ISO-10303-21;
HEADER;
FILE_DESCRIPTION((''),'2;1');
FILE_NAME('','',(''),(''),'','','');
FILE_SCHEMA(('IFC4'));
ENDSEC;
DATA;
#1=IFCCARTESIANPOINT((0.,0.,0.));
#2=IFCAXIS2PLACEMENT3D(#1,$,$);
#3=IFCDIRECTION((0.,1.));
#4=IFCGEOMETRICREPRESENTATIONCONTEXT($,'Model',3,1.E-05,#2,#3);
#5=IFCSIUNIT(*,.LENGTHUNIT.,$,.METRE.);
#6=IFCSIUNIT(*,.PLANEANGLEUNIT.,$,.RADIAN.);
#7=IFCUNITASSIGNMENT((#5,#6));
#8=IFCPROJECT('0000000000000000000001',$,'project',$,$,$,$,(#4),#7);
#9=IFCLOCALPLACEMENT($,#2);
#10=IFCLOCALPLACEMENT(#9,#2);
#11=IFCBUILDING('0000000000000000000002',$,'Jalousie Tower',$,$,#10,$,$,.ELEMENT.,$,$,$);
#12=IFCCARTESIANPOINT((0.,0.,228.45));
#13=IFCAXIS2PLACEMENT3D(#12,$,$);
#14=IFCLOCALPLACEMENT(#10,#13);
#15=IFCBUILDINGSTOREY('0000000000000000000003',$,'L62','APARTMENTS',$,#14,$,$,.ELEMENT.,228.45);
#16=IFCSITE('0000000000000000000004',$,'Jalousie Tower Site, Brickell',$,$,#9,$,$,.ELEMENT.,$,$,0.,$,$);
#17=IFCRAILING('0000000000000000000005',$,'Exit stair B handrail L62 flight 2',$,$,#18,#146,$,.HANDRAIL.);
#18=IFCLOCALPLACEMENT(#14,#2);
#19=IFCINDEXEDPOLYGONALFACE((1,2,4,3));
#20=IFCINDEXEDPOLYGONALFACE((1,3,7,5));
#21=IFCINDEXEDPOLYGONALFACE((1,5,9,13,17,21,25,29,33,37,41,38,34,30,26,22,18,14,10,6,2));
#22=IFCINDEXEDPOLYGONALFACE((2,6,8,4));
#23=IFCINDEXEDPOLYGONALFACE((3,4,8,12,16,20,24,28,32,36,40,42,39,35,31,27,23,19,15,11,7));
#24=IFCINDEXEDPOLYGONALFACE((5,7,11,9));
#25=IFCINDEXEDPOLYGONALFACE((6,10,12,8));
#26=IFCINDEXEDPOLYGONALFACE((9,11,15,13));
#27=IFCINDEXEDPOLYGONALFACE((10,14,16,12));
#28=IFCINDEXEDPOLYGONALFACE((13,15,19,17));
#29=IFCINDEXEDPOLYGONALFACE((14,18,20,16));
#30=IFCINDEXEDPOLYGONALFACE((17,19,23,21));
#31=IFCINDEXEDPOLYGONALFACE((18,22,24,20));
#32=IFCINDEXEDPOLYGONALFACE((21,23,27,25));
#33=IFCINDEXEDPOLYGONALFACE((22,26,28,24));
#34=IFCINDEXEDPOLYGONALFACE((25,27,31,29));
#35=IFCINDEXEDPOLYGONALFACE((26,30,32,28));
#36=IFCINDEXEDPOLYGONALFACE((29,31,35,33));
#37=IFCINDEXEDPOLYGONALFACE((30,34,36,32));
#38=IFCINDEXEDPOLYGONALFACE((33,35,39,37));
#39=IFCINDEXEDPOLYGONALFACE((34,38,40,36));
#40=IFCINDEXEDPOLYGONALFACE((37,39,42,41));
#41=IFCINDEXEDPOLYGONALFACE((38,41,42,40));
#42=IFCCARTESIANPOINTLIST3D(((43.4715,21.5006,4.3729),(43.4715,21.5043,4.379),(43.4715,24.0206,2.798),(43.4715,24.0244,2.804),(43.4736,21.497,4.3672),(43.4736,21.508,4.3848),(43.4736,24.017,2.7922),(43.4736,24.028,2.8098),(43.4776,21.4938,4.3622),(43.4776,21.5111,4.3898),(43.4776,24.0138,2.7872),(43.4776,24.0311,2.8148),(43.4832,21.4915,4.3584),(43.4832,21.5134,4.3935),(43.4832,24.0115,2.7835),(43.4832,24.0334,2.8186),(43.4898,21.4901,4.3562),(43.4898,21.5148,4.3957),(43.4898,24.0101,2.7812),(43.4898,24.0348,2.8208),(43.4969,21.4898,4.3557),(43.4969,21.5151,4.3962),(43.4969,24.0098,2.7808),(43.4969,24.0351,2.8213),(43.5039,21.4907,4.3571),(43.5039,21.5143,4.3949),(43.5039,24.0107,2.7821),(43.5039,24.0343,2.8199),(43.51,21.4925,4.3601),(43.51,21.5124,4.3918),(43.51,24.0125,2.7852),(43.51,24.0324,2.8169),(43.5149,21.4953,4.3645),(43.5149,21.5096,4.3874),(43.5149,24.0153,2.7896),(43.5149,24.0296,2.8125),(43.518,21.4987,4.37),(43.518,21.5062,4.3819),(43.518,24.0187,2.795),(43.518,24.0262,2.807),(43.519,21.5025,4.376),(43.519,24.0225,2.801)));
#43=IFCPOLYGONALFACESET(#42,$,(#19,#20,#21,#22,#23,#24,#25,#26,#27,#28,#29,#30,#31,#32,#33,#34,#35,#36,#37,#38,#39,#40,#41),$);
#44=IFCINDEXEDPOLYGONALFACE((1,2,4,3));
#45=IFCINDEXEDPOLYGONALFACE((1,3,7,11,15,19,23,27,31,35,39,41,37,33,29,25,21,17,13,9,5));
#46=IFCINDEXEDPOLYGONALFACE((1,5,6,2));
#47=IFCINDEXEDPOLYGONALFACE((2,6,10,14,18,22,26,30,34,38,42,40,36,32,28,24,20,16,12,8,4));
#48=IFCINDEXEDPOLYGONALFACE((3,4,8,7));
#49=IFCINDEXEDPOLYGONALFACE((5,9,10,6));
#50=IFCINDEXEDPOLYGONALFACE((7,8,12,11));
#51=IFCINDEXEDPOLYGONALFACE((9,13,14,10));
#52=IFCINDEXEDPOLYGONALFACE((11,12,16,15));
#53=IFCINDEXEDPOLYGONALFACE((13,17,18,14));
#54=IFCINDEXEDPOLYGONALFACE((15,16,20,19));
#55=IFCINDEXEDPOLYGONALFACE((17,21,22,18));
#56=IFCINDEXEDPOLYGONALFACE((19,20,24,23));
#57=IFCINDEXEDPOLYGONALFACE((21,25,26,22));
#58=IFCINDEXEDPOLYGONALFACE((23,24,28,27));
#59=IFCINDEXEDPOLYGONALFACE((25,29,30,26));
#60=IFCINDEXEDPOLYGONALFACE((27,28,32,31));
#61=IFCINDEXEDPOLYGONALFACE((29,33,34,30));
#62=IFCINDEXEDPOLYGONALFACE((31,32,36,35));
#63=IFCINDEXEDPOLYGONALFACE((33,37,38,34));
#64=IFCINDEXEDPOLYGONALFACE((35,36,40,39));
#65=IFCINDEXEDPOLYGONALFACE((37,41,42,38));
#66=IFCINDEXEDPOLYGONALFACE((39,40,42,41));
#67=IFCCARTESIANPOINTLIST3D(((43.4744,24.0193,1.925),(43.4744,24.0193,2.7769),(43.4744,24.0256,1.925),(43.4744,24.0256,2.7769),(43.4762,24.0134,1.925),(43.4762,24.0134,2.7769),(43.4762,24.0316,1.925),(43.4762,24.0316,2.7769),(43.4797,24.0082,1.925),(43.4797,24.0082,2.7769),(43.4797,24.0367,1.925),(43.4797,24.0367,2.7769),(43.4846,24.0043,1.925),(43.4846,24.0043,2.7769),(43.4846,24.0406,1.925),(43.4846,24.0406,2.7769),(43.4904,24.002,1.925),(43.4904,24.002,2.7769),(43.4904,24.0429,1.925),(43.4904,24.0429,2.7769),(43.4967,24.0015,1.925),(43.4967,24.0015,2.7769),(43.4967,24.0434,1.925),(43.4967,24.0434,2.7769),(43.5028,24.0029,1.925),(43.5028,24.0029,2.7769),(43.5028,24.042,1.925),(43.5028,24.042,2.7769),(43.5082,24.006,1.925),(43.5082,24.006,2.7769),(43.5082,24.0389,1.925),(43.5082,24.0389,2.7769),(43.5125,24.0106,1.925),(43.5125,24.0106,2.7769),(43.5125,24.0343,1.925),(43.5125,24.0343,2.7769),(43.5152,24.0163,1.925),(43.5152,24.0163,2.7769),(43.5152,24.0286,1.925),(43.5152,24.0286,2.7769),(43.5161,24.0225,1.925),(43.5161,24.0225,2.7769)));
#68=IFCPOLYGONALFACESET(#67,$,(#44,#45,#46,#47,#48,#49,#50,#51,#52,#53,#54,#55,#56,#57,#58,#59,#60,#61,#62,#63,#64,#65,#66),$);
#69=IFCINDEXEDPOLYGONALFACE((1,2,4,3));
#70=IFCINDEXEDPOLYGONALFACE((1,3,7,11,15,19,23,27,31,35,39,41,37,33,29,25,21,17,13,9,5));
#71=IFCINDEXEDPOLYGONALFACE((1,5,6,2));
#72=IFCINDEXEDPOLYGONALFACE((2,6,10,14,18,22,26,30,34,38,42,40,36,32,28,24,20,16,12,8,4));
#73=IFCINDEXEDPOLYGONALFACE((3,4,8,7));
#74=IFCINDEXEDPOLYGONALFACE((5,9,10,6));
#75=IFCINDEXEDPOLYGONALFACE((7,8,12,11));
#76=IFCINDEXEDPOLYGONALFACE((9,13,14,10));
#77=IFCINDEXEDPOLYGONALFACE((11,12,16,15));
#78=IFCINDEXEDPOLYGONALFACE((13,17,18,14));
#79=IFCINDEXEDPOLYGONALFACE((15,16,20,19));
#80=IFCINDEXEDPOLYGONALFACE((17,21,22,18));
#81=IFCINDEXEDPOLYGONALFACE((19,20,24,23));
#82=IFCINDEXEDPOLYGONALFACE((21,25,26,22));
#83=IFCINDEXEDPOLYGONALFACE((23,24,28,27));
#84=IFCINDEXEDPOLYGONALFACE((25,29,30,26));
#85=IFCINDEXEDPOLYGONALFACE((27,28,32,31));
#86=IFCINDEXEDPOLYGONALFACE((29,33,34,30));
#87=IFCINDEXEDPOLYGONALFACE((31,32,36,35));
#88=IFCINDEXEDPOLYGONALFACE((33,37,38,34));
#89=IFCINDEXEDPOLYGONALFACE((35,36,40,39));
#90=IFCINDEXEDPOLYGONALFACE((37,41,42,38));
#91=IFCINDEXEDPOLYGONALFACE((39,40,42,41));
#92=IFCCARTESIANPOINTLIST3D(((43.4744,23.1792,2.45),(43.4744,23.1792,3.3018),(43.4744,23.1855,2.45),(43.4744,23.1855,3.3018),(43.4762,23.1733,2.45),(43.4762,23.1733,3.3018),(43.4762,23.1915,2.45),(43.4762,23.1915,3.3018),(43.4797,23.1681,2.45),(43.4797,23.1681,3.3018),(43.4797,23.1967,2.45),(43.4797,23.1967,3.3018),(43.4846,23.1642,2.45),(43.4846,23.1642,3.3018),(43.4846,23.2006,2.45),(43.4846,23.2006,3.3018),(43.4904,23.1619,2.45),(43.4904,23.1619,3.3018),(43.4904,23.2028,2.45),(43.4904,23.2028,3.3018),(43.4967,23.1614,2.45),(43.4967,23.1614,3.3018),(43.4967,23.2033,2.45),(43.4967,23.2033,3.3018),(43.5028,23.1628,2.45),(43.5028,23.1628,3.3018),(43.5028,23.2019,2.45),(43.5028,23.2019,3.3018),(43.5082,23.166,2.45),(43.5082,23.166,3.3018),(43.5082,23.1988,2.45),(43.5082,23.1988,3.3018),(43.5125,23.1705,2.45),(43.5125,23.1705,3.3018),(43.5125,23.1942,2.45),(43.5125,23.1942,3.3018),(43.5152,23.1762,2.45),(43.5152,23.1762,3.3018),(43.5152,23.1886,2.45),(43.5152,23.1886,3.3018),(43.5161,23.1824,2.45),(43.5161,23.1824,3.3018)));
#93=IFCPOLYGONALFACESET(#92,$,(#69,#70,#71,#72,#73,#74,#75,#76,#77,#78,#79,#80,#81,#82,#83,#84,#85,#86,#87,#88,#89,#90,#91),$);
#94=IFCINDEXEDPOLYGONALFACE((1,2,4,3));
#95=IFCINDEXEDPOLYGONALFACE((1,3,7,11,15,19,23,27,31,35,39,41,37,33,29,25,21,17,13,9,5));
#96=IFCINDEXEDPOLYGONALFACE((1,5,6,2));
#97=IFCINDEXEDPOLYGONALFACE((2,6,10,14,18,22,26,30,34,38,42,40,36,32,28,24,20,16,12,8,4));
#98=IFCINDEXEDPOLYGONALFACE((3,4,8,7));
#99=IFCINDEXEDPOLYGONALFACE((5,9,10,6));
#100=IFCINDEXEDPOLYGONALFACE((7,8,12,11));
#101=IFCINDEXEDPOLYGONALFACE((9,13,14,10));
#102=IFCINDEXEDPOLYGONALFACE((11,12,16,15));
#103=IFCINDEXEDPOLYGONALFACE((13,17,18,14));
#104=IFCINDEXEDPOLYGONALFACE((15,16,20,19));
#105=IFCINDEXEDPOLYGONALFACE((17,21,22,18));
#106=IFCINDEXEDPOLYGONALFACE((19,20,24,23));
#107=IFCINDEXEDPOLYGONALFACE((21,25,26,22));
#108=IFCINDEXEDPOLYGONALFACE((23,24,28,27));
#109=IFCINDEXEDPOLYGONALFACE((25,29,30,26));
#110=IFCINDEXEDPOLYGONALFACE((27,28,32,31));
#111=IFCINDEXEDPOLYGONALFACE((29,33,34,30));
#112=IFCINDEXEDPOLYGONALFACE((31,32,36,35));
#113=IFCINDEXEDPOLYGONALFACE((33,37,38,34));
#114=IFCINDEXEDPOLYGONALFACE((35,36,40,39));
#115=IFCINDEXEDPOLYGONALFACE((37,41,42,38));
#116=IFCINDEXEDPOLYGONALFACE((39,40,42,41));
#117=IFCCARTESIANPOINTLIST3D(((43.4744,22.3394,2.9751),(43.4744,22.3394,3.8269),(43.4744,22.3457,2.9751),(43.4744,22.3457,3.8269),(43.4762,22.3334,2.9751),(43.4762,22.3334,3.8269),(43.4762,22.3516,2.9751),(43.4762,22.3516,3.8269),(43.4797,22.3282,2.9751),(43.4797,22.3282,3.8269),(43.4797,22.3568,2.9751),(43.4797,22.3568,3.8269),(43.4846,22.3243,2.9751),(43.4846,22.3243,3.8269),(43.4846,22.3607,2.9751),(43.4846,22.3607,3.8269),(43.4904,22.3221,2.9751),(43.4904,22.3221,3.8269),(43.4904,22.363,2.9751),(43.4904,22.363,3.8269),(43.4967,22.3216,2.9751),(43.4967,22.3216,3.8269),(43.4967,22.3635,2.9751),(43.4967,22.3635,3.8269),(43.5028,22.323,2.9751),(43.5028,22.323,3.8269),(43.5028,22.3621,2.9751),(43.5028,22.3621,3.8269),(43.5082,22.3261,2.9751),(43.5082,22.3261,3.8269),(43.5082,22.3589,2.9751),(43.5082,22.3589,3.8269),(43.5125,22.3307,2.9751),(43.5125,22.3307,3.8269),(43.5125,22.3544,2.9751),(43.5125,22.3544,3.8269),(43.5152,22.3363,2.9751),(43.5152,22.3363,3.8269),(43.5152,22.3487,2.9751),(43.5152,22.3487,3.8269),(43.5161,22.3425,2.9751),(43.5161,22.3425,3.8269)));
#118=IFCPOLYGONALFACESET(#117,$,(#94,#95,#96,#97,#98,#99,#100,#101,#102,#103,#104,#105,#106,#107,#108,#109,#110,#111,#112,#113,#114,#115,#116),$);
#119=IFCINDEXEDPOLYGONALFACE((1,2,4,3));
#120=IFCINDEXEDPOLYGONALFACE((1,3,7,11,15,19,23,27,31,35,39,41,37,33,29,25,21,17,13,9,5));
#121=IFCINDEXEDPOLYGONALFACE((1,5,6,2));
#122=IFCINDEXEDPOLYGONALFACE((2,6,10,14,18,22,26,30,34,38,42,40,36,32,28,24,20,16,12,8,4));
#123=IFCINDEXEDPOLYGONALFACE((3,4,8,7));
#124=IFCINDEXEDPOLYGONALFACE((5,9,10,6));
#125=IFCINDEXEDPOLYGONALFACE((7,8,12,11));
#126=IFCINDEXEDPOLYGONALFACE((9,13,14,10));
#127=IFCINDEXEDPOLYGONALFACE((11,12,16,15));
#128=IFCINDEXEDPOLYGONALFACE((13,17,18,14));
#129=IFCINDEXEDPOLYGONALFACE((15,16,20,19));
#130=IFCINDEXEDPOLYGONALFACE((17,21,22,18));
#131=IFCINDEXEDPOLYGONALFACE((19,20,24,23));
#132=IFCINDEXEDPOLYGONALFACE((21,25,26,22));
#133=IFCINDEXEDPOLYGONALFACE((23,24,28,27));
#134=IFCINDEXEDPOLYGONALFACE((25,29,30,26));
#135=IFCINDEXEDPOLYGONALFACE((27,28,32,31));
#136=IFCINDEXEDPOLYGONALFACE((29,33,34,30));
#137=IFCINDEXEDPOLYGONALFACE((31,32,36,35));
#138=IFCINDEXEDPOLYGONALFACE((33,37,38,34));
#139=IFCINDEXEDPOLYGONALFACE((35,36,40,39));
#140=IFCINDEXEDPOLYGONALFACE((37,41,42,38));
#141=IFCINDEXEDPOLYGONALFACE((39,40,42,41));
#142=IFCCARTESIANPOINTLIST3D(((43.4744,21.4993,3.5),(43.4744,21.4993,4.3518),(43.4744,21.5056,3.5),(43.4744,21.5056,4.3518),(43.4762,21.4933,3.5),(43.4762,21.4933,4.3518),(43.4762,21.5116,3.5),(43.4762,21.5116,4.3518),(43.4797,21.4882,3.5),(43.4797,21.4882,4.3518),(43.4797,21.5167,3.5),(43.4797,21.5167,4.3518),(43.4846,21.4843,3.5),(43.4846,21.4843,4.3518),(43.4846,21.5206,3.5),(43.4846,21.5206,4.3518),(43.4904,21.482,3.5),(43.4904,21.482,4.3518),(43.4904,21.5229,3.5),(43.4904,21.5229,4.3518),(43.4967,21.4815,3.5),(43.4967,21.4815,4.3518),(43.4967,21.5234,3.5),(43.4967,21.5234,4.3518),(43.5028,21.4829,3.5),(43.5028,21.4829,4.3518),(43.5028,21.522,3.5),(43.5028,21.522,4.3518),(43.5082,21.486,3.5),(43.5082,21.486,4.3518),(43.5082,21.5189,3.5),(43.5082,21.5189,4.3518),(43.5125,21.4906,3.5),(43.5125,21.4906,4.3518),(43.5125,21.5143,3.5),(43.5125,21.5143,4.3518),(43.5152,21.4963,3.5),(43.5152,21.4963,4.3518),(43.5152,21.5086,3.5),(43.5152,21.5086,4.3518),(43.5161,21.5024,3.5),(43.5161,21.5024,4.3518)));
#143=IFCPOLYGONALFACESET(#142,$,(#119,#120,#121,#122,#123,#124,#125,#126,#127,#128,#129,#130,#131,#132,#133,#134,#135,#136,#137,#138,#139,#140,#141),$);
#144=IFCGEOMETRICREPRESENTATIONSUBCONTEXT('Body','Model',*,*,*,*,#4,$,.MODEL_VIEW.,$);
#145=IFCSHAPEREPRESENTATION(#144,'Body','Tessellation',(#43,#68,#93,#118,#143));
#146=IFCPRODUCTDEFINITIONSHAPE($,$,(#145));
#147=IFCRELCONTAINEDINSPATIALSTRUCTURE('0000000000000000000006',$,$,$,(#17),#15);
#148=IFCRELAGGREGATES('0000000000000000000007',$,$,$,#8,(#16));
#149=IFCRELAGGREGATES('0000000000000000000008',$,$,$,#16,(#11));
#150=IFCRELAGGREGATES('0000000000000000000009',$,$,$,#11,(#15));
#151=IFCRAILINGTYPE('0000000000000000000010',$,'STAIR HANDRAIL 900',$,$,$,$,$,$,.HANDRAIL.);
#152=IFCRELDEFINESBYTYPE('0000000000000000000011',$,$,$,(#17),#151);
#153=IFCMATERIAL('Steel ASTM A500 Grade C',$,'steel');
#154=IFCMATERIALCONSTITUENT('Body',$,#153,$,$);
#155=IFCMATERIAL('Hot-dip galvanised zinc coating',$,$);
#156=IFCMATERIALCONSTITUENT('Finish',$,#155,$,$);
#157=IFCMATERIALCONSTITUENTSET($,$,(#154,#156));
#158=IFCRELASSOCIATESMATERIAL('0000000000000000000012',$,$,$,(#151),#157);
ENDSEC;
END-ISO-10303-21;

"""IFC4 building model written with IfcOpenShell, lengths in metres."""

from ifc_helpers import new_model, si_unit, direction, frame, origin, origin_2d, place, context, subcontext, project, spatial, circle, extrude, material, constituent, constituent_set, type_object, element, save


model = new_model("IFC4")

# Units and contexts
model_context = context("Model", 3, precision=1e-05, world=origin(), true_north=direction((0.0, 1.0)))
body_context = subcontext(model_context, "Body", "Model", "MODEL_VIEW")
ifc_project = project(units=[si_unit("LENGTHUNIT", "METRE"), si_unit("PLANEANGLEUNIT", "RADIAN")], contexts=[model_context])

# Site, building, storey
site_placement = place(None, origin())
site = spatial("IfcSite", under=ifc_project, at=site_placement, Name="Jalousie Tower Site, Brickell", CompositionType="ELEMENT", RefElevation=0.0)
building_placement = place(site_placement, origin())
building = spatial("IfcBuilding", under=site, at=building_placement, Name="Jalousie Tower", CompositionType="ELEMENT")
storey_placement = place(building_placement, frame((0.0, 0.0, 228.45)))
storey = spatial("IfcBuildingStorey", under=building, at=storey_placement, Name="L62", Description="APARTMENTS", CompositionType="ELEMENT", Elevation=228.45)

# Railing
ifc_material_1 = material(Name="Steel ASTM A500 Grade C", Category="steel")
ifc_constituent_1 = constituent(ifc_material_1, Name="Body")
ifc_material_2 = material(Name="Hot-dip galvanised zinc coating")
ifc_constituent_2 = constituent(ifc_material_2, Name="Finish")
ifc_constituent_set_1 = constituent_set(constituents=[ifc_constituent_1, ifc_constituent_2])
railing_type_1 = type_object("IfcRailingType", Name="STAIR HANDRAIL 900", PredefinedType="HANDRAIL", material=ifc_constituent_set_1)
railing_1_placement = place(storey_placement, frame((43.4951, 24.0225, 1.925)))
element("IfcRailing", 1, at=railing_1_placement, inside=storey, type_object=railing_type_1, Name="Exit stair B handrail L62 flight 2", PredefinedType="HANDRAIL", context=body_context, shape_type="SweptSolid", body=[
    extrude(circle(Radius=0.0239, at=origin_2d()), frame((0.0, 0.0, 0.876), z_axis=(0.0, -0.848008, 0.529984), x_axis=(1.0, 0.0, 0.0)), (0.0, 0.0, 1.0), 2.9717),
    extrude(circle(Radius=0.021, at=origin_2d()), origin(), (0.0, 0.0, 1.0), 0.8518),
    extrude(circle(Radius=0.021, at=origin_2d()), frame((0.0, -0.8401, 0.5249)), (0.0, 0.0, 1.0), 0.8518),
    extrude(circle(Radius=0.021, at=origin_2d()), frame((0.0, -1.6799, 1.05)), (0.0, 0.0, 1.0), 0.8518),
    extrude(circle(Radius=0.021, at=origin_2d()), frame((0.0, -2.52, 1.575)), (0.0, 0.0, 1.0), 0.8518),
])

save(model, "model.ifc")
